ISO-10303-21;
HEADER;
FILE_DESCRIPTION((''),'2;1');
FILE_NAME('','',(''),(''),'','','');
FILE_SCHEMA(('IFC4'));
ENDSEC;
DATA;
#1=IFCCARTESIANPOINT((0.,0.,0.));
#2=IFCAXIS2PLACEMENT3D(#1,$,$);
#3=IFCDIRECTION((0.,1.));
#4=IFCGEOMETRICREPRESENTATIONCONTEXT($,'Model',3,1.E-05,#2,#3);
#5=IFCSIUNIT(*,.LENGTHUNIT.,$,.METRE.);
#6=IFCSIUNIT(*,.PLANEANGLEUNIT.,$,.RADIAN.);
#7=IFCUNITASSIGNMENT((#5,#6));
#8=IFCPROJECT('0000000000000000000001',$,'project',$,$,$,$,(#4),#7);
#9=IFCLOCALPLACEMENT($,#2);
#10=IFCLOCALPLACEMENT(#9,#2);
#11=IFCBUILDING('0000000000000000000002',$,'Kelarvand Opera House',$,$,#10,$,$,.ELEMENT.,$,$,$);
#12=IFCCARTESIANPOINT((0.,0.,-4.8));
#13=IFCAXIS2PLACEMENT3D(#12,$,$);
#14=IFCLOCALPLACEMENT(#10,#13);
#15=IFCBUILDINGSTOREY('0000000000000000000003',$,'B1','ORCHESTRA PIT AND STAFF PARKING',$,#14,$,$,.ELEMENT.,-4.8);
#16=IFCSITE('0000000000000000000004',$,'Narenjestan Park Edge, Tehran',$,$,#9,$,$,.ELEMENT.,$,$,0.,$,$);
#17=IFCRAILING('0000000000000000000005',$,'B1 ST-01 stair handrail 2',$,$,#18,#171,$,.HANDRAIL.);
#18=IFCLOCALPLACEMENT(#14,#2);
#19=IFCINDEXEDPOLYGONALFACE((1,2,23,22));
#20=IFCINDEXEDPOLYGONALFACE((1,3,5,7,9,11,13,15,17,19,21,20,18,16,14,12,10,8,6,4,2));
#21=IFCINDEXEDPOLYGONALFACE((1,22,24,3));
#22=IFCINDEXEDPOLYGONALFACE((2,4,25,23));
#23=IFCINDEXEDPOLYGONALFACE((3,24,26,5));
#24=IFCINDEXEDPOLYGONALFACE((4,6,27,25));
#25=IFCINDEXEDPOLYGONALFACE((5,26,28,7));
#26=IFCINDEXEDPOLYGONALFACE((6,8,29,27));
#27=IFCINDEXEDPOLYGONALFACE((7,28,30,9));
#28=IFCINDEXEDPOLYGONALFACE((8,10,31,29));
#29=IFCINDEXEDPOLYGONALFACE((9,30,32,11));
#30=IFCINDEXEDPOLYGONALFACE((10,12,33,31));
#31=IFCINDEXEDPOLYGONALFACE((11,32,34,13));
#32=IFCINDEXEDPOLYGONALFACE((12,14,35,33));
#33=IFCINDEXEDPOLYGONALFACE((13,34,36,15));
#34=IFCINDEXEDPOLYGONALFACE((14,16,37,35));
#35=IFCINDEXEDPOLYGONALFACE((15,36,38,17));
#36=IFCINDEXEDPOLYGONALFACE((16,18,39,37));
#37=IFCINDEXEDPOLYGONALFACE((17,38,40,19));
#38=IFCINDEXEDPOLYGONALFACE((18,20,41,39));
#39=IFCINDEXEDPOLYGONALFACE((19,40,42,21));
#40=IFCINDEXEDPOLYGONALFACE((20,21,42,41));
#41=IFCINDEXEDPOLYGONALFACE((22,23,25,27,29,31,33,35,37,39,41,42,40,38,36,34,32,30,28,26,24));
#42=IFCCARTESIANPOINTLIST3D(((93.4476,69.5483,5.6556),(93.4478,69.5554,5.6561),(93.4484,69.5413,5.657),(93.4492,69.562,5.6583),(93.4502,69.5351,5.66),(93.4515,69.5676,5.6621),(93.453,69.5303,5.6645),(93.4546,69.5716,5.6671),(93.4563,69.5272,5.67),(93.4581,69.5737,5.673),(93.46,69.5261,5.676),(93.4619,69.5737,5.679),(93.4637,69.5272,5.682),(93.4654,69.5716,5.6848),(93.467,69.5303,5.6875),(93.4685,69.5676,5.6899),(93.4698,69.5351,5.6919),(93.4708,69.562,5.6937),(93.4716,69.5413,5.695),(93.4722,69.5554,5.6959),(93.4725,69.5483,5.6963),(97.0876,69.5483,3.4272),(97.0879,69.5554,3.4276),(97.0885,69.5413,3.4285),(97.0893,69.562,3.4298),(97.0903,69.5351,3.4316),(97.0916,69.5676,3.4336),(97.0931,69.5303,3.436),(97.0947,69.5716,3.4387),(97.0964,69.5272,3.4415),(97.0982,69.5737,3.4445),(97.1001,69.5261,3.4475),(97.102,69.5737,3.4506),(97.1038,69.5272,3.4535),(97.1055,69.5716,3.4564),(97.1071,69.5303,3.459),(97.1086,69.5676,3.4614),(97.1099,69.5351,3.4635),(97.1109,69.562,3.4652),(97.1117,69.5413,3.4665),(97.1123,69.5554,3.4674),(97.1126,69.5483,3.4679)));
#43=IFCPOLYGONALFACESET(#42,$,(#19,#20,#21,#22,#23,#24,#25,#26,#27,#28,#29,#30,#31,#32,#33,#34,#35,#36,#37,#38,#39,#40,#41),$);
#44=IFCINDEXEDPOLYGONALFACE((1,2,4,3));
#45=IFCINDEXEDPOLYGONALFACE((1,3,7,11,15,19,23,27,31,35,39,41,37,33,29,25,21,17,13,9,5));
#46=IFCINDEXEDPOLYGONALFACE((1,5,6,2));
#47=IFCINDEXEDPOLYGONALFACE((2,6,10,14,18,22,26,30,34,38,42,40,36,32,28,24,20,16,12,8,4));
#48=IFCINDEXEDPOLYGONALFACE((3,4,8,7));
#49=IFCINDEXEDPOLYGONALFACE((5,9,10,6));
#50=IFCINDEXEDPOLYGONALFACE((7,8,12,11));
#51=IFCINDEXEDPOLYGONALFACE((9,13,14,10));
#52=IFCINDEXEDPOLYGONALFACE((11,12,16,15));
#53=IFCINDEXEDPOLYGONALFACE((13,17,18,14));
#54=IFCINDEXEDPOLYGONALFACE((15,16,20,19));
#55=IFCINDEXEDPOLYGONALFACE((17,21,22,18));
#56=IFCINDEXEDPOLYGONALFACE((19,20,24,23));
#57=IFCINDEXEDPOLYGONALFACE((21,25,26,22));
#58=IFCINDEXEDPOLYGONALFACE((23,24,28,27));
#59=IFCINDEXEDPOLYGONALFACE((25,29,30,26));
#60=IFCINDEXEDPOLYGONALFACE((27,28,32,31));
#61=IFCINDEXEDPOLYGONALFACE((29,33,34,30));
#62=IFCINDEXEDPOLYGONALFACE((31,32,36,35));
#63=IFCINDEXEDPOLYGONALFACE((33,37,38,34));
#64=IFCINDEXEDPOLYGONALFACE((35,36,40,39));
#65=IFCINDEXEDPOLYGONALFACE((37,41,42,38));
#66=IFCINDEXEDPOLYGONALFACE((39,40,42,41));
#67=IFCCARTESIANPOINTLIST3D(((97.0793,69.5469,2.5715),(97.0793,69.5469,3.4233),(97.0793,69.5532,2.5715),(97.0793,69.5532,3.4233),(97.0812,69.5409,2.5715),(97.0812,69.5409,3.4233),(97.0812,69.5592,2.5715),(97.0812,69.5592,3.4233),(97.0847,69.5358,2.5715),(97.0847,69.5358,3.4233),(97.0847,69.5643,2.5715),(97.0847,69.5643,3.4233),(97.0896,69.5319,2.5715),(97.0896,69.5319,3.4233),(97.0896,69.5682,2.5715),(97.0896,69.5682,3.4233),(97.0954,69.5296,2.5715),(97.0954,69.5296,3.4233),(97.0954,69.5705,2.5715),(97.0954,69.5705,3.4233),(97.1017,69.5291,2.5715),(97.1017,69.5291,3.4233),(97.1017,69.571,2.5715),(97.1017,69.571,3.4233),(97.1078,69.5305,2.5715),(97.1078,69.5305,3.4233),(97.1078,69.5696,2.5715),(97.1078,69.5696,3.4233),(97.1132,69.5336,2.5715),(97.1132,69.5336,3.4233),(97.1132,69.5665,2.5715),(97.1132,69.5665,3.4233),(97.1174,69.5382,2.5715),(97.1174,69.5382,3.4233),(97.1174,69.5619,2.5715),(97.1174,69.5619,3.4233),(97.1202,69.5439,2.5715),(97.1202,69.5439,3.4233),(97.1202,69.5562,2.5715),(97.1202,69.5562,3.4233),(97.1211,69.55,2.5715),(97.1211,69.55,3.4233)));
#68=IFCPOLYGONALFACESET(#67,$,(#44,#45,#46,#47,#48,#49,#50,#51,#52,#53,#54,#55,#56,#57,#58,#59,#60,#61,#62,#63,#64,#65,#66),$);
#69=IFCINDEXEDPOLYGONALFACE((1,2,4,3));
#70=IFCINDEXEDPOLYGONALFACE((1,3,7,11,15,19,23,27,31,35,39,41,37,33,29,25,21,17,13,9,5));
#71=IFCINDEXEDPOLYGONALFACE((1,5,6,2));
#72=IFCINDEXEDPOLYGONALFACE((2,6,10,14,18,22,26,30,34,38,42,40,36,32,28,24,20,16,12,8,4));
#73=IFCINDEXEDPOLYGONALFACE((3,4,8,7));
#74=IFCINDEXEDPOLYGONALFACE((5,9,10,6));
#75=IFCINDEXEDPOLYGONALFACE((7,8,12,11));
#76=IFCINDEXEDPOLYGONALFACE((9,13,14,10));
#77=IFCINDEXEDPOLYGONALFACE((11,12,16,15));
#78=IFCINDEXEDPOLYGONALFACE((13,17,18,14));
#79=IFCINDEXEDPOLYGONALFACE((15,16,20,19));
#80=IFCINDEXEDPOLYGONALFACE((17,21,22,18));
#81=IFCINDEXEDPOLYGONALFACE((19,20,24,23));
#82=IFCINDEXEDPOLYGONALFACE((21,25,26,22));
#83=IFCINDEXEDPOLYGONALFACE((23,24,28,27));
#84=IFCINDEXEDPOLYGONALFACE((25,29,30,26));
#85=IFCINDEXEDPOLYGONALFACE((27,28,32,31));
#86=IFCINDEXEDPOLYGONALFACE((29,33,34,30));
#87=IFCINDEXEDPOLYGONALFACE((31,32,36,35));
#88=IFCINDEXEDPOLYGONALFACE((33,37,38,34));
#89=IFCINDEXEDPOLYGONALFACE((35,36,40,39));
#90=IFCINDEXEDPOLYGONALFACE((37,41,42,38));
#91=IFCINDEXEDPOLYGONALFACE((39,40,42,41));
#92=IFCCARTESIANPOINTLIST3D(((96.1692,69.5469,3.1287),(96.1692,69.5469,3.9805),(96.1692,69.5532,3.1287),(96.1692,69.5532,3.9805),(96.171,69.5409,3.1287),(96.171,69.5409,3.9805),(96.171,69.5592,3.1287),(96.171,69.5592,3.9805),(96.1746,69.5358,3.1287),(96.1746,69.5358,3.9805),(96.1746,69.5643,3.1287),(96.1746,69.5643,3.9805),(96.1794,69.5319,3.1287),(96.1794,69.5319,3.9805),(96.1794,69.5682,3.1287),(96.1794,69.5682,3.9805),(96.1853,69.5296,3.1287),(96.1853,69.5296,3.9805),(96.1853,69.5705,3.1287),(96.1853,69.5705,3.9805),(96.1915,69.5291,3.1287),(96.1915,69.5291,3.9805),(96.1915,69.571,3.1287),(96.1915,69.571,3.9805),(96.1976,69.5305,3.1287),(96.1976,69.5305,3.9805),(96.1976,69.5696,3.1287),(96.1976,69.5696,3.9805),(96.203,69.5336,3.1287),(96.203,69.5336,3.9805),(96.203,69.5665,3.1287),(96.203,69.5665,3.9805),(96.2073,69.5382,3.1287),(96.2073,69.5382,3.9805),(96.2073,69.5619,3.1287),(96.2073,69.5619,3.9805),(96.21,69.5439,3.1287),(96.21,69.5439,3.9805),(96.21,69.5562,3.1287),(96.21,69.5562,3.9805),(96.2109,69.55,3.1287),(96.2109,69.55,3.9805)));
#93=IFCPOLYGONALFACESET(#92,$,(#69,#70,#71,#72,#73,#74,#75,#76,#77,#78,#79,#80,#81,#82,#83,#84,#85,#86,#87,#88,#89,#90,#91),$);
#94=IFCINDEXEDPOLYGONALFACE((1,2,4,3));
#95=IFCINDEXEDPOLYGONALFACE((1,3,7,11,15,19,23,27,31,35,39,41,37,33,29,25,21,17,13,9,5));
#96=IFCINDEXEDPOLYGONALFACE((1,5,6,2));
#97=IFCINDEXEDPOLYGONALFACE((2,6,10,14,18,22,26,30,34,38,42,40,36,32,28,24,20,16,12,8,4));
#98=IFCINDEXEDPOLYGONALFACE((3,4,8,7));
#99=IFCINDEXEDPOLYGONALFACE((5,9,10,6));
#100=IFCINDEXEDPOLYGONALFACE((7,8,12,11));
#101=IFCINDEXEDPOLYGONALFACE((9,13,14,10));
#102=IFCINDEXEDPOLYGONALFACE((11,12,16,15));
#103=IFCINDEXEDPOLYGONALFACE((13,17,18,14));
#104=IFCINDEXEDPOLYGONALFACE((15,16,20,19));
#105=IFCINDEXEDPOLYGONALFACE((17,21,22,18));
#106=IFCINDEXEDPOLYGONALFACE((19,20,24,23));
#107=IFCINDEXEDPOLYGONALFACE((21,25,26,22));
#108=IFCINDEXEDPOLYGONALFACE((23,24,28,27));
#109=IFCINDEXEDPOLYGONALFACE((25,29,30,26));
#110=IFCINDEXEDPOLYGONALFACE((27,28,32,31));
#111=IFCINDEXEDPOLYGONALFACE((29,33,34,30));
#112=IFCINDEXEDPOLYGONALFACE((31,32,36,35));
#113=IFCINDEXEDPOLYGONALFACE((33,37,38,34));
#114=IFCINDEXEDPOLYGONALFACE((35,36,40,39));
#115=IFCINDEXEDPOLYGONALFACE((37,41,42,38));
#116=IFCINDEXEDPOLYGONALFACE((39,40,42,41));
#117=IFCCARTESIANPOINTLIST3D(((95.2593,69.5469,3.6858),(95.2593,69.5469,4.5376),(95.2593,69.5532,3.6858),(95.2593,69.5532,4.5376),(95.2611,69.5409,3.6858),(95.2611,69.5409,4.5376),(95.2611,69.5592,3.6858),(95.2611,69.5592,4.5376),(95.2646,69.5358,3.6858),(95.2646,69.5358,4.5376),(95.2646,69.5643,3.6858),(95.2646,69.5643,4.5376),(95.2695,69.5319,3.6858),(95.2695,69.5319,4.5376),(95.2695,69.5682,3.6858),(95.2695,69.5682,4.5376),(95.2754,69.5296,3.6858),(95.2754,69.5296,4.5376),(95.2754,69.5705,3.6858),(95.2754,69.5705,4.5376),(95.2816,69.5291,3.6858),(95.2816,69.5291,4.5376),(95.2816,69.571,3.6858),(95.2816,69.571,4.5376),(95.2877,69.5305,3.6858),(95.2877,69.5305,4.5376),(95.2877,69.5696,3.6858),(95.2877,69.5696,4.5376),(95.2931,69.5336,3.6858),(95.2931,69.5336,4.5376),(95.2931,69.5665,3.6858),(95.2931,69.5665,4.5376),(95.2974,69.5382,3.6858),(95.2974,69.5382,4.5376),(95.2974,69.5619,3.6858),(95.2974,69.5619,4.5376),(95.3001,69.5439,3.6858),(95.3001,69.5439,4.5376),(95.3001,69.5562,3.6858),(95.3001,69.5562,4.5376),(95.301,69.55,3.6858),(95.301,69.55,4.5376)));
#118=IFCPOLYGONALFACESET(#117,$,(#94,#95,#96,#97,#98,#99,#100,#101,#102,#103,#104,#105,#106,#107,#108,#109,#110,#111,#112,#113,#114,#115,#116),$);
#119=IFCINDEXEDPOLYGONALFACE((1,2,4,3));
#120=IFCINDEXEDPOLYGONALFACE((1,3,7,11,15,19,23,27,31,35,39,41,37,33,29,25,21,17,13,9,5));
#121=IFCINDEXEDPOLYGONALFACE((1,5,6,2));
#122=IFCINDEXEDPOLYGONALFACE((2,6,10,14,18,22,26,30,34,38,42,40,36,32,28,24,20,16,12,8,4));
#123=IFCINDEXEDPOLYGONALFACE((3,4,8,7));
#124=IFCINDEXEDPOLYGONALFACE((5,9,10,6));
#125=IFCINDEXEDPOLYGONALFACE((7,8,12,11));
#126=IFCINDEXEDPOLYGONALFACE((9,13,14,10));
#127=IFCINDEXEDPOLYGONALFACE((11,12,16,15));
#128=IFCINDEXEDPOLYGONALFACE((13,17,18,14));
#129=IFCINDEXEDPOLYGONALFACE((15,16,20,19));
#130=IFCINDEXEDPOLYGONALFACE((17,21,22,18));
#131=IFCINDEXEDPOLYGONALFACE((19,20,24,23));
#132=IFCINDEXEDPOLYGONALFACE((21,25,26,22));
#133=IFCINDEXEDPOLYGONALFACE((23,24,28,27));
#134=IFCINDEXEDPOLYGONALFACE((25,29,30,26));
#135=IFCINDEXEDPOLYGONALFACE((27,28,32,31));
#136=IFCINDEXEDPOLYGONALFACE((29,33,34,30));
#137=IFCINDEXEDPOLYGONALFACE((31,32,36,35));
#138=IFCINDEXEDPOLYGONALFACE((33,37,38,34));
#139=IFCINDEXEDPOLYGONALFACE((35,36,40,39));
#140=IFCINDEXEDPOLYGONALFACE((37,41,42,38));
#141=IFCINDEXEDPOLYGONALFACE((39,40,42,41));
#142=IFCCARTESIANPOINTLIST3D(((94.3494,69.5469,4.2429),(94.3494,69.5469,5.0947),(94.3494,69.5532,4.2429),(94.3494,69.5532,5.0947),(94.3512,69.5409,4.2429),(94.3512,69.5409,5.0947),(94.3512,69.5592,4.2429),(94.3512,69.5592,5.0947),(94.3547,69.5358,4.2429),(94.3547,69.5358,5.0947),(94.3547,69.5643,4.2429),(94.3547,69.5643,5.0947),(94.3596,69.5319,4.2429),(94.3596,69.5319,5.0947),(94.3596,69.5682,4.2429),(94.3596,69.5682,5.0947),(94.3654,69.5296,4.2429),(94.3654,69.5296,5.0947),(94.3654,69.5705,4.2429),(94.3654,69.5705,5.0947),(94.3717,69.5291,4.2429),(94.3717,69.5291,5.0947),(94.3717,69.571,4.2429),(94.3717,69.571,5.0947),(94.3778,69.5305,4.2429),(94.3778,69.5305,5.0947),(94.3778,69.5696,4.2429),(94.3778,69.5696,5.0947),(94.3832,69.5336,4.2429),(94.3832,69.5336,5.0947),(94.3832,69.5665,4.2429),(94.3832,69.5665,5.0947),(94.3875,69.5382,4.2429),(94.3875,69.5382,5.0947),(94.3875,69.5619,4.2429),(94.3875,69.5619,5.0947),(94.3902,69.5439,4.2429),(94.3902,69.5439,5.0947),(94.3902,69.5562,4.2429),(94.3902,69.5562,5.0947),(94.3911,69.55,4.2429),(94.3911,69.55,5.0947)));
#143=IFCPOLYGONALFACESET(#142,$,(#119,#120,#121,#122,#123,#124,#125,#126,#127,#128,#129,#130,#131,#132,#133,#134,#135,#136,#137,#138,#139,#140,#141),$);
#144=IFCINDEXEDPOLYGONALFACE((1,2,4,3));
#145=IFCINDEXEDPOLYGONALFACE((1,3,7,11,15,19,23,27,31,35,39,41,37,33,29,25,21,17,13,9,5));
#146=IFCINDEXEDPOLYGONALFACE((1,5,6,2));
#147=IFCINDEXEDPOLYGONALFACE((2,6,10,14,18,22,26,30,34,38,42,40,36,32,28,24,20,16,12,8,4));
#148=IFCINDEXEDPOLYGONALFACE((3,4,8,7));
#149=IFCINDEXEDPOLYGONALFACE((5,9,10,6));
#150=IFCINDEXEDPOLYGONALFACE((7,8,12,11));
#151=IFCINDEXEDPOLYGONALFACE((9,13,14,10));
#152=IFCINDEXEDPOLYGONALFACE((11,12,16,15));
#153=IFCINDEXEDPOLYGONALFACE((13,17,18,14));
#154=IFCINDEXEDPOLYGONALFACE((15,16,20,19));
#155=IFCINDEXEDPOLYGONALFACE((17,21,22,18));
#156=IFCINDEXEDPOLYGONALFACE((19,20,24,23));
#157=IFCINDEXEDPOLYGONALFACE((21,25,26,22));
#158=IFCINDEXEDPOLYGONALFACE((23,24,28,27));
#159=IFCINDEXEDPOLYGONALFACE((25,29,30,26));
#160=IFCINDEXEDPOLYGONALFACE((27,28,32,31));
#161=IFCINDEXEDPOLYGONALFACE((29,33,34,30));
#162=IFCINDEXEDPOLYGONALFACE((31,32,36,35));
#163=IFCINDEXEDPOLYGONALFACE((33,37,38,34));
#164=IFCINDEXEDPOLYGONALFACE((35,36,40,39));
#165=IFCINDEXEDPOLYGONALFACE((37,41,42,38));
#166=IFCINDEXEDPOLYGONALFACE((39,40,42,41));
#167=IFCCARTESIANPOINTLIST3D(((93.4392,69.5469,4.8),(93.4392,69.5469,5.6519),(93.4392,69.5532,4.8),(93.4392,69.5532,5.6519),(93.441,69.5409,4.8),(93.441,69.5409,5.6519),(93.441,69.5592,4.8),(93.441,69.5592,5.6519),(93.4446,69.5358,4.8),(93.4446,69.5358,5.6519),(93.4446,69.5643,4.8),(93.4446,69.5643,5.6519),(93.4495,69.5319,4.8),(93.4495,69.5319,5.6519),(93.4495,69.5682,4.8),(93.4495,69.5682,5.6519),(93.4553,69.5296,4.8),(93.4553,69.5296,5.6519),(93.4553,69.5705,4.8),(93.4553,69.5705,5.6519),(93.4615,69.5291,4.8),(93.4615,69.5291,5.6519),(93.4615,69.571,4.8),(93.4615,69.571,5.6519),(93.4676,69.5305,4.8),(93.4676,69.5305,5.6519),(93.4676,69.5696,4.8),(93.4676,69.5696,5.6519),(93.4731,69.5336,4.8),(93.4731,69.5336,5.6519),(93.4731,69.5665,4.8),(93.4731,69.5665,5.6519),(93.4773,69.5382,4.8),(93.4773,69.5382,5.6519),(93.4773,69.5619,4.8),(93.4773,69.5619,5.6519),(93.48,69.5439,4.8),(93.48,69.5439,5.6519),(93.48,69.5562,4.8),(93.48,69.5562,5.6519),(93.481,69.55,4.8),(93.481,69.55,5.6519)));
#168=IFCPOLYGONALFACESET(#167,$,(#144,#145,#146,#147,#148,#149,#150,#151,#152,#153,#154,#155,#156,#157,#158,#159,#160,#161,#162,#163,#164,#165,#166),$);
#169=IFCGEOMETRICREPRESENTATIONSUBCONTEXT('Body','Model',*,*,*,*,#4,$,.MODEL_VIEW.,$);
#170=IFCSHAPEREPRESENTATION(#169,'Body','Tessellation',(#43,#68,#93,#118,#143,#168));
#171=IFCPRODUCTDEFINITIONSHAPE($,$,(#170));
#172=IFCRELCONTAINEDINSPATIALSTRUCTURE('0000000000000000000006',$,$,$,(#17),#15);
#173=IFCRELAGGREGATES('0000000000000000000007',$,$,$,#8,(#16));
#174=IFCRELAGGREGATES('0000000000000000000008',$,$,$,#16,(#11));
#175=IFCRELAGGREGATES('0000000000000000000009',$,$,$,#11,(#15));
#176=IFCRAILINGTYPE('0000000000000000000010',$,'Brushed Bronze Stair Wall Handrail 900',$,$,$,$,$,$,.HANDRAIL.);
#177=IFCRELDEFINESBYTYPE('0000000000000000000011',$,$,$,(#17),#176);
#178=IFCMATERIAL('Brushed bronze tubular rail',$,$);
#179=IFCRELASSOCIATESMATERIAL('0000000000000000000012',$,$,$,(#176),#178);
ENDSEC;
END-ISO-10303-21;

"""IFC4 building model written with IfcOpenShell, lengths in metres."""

from ifc_helpers import new_model, si_unit, direction, frame, origin, origin_2d, place, context, subcontext, project, spatial, circle, extrude, material, type_object, element, save


model = new_model("IFC4")

# Units and contexts
model_context = context("Model", 3, precision=1e-05, world=origin(), true_north=direction((0.0, 1.0)))
body_context = subcontext(model_context, "Body", "Model", "MODEL_VIEW")
ifc_project = project(units=[si_unit("LENGTHUNIT", "METRE"), si_unit("PLANEANGLEUNIT", "RADIAN")], contexts=[model_context])

# Site, building, storey
site_placement = place(None, origin())
site = spatial("IfcSite", under=ifc_project, at=site_placement, Name="Narenjestan Park Edge, Tehran", CompositionType="ELEMENT", RefElevation=0.0)
building_placement = place(site_placement, origin())
building = spatial("IfcBuilding", under=site, at=building_placement, Name="Kelarvand Opera House", CompositionType="ELEMENT")
storey_placement = place(building_placement, frame((0.0, 0.0, -4.8)))
storey = spatial("IfcBuildingStorey", under=building, at=storey_placement, Name="B1", Description="ORCHESTRA PIT AND STAFF PARKING", CompositionType="ELEMENT", Elevation=-4.8)

# Railing
ifc_material_1 = material(Name="Brushed bronze tubular rail")
railing_type_1 = type_object("IfcRailingType", Name="Brushed Bronze Stair Wall Handrail 900", PredefinedType="HANDRAIL", material=ifc_material_1)
railing_1_placement = place(storey_placement, frame((97.1001, 69.55, 2.5715)))
element("IfcRailing", 1, at=railing_1_placement, inside=storey, type_object=railing_type_1, Name="B1 ST-01 stair handrail 2", PredefinedType="HANDRAIL", context=body_context, shape_type="SweptSolid", body=[
    extrude(circle(Radius=0.0239, at=origin_2d()), frame((0.0, 0.0, 0.876), z_axis=(-0.852866, 0.0, 0.52213), x_axis=(0.0, -1.0, 0.0)), (0.0, 0.0, 1.0), 4.2681),
    extrude(circle(Radius=0.021, at=origin_2d()), origin(), (0.0, 0.0, 1.0), 0.8518),
    extrude(circle(Radius=0.021, at=origin_2d()), frame((-0.9102, 0.0, 0.5571)), (0.0, 0.0, 1.0), 0.8518),
    extrude(circle(Radius=0.021, at=origin_2d()), frame((-1.8201, 0.0, 1.1143)), (0.0, 0.0, 1.0), 0.8518),
    extrude(circle(Radius=0.021, at=origin_2d()), frame((-2.73, 0.0, 1.6714)), (0.0, 0.0, 1.0), 0.8518),
    extrude(circle(Radius=0.021, at=origin_2d()), frame((-3.6401, 0.0, 2.2285)), (0.0, 0.0, 1.0), 0.8518),
])

save(model, "model.ifc")
